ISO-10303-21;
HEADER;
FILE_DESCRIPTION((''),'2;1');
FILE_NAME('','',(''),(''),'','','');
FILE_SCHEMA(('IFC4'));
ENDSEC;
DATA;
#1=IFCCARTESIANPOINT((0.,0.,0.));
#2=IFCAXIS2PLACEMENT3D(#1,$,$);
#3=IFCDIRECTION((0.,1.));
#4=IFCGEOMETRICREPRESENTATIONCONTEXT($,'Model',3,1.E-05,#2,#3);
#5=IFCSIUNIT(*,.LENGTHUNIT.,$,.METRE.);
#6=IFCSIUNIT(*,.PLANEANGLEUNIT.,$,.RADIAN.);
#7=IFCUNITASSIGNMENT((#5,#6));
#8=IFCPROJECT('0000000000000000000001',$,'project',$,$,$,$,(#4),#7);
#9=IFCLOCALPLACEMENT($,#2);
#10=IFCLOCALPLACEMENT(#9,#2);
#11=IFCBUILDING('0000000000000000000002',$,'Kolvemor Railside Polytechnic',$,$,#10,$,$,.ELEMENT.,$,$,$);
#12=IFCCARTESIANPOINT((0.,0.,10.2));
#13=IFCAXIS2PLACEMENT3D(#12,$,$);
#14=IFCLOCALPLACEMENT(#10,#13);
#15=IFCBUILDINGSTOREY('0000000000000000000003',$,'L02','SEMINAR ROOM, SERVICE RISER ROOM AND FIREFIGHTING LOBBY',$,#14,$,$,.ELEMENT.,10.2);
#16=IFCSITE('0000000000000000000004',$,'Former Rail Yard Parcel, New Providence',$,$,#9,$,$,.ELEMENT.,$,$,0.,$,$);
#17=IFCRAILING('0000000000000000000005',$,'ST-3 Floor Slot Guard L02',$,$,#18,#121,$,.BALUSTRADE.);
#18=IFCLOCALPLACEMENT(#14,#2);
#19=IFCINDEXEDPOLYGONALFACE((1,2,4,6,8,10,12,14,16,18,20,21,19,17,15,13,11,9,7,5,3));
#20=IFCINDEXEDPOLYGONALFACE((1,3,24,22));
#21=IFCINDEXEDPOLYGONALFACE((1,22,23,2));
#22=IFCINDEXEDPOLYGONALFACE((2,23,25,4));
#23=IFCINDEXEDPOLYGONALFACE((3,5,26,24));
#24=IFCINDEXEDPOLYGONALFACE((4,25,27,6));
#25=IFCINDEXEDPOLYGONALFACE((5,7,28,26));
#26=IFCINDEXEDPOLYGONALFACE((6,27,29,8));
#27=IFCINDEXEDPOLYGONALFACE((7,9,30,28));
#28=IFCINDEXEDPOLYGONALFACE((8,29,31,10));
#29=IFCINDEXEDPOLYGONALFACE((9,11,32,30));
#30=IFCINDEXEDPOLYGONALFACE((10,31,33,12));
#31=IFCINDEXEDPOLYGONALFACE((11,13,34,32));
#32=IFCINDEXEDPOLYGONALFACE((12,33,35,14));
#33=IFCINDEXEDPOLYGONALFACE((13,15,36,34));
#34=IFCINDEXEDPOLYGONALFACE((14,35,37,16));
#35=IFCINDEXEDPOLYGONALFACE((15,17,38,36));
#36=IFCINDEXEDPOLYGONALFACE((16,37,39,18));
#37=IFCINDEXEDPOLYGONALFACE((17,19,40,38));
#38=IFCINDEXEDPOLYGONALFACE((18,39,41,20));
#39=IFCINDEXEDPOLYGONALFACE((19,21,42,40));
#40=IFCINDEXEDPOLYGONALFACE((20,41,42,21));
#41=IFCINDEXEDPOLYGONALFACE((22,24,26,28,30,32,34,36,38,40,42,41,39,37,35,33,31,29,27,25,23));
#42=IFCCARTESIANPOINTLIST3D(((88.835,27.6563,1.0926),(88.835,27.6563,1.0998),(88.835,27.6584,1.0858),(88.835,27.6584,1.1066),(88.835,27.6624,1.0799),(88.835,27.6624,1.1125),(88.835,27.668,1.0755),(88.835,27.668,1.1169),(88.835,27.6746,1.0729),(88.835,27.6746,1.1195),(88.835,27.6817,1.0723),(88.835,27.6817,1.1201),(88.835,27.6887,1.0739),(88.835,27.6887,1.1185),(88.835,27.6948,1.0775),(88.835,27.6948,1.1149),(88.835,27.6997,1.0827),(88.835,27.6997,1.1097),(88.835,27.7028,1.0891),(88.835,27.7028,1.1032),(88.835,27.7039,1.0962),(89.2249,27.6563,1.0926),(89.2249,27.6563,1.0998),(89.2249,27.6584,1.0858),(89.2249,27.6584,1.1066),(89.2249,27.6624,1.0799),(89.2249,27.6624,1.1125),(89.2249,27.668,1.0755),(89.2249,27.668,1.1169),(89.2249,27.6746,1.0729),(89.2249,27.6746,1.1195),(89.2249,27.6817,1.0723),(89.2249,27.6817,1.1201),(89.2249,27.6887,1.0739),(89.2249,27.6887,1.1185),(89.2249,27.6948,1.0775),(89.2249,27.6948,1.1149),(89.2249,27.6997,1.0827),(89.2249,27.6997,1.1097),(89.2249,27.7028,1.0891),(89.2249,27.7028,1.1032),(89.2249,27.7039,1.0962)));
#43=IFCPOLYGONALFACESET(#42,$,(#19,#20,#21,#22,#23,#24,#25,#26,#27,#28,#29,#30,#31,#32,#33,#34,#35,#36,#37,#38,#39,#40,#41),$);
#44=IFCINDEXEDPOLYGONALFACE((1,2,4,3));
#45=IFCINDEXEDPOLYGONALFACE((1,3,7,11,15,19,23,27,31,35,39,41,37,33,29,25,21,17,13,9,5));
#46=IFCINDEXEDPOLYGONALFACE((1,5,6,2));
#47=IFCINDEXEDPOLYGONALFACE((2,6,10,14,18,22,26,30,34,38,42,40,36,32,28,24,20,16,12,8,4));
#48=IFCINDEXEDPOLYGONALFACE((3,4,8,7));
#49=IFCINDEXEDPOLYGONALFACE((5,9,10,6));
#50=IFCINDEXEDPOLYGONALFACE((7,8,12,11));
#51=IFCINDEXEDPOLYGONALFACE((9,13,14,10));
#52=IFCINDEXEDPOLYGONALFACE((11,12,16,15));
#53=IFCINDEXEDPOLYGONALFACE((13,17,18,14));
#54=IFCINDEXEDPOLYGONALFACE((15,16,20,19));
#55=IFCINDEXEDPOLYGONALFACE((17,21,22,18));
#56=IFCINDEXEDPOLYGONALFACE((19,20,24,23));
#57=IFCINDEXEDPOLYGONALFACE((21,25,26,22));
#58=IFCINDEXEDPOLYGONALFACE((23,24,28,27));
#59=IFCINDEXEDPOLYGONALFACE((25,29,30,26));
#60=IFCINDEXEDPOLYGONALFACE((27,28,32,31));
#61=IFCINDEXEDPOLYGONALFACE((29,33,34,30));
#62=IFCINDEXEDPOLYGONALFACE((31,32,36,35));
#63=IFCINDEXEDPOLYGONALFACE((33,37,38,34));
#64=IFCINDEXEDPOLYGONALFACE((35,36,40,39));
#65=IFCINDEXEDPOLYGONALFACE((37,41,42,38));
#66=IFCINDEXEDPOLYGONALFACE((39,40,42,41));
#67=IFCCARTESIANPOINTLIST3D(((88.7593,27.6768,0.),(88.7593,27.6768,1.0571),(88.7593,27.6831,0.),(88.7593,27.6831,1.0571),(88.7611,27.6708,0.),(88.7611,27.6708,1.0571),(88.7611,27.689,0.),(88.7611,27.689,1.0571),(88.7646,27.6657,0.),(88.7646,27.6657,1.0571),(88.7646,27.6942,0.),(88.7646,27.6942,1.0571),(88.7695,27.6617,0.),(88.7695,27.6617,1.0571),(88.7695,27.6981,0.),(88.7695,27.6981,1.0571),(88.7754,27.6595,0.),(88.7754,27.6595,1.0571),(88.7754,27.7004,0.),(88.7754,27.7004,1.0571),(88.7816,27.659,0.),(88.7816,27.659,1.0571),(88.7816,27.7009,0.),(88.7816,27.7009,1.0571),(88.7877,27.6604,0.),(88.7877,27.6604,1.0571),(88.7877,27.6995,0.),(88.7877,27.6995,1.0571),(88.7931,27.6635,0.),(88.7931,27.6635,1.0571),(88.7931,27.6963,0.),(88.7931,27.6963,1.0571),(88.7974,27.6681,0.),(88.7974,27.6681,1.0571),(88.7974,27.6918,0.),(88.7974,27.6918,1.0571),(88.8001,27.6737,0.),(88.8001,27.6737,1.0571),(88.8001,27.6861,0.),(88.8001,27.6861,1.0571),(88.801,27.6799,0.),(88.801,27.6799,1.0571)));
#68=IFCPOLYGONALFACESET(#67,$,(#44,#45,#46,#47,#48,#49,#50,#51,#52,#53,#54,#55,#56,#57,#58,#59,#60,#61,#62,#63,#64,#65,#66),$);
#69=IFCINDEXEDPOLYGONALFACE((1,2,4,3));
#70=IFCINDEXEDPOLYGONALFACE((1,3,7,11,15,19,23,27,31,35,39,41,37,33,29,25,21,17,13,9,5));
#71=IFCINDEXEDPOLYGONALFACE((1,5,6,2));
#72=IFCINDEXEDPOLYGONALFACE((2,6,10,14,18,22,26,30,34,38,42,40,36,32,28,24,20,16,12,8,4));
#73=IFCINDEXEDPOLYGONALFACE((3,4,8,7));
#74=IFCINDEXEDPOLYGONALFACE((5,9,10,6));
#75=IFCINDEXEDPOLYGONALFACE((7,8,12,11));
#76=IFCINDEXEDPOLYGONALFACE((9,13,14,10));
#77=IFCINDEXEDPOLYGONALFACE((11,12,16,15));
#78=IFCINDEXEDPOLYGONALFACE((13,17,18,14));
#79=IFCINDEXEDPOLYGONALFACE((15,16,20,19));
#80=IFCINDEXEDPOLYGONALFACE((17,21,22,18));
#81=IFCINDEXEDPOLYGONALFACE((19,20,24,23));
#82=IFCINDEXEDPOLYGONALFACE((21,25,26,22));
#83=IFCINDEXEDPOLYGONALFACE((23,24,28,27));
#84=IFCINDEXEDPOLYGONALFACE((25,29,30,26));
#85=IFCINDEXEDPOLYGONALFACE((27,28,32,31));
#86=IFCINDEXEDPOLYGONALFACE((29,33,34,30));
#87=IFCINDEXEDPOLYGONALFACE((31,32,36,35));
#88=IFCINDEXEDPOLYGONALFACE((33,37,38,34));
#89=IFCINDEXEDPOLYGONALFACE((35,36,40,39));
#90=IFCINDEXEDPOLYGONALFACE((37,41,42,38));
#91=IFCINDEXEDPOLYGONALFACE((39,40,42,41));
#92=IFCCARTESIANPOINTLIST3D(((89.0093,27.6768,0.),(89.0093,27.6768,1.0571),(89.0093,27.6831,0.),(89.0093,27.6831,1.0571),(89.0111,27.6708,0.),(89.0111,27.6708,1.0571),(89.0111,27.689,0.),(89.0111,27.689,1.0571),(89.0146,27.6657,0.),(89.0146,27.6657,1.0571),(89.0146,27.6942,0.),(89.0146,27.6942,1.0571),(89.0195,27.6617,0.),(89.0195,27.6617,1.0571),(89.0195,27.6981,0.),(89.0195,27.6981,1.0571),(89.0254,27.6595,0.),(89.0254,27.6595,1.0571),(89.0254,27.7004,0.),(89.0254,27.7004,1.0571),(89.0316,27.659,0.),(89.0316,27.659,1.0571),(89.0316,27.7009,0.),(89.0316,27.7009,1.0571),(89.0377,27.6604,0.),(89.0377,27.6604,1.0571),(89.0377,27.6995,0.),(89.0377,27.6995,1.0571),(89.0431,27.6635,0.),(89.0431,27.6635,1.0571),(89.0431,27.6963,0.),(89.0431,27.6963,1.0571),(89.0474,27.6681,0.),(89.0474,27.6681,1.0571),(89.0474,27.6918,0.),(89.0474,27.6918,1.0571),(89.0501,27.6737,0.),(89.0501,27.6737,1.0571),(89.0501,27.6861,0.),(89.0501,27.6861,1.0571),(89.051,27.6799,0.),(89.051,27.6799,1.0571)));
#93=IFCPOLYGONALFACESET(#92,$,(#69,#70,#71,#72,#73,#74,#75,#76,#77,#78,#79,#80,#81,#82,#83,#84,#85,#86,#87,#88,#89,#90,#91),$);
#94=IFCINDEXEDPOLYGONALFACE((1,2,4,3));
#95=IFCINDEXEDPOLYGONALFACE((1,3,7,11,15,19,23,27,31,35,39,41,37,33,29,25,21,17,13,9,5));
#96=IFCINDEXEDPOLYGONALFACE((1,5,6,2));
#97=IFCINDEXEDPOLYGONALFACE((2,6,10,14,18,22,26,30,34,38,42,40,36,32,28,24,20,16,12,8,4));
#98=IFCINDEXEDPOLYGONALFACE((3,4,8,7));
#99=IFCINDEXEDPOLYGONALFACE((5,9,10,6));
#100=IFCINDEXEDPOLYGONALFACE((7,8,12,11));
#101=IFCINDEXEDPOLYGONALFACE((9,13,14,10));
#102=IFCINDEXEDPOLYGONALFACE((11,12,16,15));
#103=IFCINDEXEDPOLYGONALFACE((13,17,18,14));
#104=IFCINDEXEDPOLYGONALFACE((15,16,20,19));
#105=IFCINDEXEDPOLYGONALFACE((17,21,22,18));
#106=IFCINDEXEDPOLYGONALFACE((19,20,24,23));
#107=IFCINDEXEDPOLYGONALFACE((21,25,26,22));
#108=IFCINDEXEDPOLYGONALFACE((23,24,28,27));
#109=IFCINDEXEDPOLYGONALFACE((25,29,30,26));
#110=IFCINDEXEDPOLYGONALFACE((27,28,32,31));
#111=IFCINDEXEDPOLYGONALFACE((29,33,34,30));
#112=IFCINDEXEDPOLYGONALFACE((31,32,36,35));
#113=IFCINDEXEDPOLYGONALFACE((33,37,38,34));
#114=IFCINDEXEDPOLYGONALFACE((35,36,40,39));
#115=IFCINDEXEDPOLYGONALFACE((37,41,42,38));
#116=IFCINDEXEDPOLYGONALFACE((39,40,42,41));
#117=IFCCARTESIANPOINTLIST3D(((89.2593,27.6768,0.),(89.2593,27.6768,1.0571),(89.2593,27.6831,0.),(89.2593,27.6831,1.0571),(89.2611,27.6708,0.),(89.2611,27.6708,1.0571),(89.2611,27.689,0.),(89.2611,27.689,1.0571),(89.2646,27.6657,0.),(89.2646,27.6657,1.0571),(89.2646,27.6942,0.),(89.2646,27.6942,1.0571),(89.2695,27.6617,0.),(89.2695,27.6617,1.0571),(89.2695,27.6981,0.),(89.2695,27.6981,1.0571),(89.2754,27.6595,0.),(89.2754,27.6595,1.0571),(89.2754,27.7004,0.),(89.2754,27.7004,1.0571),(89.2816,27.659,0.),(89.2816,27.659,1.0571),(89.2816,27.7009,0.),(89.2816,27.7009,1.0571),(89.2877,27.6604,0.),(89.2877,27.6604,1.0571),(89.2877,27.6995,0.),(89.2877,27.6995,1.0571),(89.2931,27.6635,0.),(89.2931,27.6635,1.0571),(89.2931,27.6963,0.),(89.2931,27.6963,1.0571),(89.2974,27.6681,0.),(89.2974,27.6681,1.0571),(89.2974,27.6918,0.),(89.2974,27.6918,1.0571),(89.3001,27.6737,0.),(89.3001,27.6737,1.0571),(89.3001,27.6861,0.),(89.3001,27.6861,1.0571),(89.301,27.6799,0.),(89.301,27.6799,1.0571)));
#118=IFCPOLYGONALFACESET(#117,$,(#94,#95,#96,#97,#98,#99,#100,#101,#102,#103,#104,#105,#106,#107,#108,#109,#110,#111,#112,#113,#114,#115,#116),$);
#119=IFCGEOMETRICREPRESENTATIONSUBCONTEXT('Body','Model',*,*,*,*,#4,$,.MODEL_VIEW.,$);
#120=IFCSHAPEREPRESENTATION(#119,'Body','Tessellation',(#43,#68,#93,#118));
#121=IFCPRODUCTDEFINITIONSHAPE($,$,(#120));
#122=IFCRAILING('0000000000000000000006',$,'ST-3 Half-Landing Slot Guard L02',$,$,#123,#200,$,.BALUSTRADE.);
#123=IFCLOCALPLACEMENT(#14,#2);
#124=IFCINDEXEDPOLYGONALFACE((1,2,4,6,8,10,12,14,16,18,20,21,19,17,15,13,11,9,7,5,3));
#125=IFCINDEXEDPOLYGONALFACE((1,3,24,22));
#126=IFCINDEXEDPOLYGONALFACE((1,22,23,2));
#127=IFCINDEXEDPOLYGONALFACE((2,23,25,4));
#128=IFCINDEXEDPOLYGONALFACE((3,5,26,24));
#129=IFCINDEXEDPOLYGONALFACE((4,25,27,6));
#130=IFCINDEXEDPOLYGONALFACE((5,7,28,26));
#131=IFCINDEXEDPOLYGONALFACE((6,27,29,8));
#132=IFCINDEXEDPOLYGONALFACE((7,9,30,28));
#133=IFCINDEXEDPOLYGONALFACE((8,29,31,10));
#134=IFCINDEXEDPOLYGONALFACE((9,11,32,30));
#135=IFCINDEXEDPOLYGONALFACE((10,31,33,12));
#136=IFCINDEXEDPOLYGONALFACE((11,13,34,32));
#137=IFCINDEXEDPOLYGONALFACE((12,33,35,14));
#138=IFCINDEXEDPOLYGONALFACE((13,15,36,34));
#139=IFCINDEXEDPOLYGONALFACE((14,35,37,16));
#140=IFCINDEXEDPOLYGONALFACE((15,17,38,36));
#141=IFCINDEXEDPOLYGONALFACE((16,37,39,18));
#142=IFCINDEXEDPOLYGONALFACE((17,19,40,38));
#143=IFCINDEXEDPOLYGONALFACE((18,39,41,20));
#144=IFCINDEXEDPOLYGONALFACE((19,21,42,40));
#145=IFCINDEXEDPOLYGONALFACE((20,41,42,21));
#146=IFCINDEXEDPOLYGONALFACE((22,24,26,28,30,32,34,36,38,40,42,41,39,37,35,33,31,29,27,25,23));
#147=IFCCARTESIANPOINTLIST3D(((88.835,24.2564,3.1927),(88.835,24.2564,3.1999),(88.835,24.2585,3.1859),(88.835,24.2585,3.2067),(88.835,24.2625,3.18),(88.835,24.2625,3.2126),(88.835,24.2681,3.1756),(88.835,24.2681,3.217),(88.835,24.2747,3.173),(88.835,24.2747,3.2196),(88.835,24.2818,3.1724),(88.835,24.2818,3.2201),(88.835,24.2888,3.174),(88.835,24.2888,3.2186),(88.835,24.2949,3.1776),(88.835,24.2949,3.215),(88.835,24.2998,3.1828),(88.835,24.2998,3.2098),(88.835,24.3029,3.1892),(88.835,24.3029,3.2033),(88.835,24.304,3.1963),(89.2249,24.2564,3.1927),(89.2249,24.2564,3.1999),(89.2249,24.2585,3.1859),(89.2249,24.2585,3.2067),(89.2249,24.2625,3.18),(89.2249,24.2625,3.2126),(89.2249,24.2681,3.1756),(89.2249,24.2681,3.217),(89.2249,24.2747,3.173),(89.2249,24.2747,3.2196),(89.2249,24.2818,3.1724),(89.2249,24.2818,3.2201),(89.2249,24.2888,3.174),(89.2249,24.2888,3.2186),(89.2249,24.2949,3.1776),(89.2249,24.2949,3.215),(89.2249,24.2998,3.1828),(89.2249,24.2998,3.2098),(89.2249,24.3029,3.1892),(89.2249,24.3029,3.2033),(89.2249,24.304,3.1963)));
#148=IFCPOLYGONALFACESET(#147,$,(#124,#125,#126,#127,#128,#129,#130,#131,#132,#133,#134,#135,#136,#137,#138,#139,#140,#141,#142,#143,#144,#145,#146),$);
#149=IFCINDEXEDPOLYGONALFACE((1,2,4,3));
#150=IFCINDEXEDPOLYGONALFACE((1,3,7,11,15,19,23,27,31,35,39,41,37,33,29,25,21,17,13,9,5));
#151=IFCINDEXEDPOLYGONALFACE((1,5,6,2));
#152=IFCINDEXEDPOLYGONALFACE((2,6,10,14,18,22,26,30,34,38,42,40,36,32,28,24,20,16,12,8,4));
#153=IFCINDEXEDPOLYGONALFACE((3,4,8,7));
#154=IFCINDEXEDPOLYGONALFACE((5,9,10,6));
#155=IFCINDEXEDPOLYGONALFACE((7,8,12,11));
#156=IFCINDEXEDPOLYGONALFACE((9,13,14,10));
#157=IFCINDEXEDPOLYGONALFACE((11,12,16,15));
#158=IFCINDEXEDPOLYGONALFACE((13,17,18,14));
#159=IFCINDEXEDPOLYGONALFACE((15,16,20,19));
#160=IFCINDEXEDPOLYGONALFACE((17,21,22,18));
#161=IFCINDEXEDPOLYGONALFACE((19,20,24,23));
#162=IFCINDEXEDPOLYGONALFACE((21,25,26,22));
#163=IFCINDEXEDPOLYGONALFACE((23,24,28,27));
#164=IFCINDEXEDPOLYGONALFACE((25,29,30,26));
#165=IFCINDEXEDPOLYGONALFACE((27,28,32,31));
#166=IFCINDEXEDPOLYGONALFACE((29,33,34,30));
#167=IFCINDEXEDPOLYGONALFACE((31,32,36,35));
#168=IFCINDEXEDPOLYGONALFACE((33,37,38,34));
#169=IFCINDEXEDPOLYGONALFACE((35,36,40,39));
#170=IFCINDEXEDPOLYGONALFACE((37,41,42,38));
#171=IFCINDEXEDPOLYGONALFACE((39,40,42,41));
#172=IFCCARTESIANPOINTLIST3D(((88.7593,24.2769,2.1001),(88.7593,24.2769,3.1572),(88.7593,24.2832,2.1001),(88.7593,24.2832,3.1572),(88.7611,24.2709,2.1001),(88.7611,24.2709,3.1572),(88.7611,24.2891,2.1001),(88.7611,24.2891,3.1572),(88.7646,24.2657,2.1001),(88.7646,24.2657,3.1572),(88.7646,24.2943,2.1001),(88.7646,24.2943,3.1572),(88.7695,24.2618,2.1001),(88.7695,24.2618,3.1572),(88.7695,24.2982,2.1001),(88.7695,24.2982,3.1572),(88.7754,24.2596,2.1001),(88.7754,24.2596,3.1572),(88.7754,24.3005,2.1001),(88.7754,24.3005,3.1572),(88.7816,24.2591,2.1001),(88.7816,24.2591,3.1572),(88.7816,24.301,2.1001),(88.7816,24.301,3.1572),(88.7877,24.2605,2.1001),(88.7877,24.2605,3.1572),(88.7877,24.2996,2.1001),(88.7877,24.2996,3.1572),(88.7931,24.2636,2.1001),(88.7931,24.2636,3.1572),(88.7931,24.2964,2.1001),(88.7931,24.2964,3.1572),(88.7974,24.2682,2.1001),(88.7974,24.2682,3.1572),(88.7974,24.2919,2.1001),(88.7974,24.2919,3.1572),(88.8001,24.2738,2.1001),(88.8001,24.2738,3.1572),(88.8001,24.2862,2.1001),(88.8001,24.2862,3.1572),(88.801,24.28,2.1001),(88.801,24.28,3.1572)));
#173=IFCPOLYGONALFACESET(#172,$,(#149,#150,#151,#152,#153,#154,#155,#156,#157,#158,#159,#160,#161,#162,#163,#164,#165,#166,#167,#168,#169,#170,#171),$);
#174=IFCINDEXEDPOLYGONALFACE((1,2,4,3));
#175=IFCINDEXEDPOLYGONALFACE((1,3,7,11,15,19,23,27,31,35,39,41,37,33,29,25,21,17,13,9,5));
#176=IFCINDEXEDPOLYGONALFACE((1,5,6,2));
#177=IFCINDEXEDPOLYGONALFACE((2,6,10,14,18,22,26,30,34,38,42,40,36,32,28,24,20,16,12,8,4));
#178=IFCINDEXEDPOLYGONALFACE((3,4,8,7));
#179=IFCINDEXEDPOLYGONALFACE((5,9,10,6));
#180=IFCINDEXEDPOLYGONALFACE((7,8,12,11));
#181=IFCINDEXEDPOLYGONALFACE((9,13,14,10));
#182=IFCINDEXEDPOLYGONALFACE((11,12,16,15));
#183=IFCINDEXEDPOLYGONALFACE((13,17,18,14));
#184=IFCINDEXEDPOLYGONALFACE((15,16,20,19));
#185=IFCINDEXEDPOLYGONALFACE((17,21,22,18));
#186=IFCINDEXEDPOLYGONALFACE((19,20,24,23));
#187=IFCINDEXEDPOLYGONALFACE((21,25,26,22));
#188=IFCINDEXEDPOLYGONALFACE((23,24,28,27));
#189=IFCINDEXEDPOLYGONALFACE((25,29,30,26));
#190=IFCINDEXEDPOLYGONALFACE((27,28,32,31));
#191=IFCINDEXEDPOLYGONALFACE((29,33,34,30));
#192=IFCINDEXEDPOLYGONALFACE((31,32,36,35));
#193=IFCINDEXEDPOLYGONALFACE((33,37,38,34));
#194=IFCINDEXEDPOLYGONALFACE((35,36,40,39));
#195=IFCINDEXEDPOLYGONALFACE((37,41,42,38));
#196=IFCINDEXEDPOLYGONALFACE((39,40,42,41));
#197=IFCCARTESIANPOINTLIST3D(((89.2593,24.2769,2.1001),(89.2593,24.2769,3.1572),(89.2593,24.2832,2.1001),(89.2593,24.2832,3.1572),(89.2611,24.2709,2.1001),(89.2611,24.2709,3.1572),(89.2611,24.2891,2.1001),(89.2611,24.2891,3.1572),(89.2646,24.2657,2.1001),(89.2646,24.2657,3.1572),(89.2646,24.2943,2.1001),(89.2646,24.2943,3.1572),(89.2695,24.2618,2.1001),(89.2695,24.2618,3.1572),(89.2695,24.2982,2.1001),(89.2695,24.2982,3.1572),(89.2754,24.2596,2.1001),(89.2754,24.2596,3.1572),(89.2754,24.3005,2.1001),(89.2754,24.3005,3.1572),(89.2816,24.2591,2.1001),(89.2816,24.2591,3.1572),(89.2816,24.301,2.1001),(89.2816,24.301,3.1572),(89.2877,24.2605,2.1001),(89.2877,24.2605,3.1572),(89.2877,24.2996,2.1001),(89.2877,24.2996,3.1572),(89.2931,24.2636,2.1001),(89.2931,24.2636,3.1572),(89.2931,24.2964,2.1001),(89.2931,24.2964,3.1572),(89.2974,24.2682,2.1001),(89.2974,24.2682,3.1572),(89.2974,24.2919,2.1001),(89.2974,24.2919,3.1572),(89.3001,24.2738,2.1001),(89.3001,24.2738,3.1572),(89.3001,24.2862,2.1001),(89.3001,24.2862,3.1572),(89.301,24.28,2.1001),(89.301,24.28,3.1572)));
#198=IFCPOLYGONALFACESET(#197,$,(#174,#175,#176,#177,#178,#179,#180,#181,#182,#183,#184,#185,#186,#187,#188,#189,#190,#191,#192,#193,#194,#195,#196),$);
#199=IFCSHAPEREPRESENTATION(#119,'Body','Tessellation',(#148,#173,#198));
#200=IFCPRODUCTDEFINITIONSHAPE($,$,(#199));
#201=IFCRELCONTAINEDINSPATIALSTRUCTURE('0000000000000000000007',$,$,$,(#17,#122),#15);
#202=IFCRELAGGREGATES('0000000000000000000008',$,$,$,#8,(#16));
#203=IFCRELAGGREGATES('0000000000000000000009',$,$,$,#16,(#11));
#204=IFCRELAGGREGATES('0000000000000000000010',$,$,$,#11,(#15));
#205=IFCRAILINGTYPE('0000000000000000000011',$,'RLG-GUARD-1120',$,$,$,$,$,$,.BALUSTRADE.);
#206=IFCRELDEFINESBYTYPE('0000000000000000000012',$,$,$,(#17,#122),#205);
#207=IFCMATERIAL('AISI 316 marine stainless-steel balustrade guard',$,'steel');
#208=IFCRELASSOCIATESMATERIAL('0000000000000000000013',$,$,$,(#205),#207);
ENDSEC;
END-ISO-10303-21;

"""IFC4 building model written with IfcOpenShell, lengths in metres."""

from ifc_helpers import new_model, si_unit, direction, frame, origin, origin_2d, place, context, subcontext, project, spatial, circle, extrude, material, type_object, element, save


model = new_model("IFC4")

# Units and contexts
model_context = context("Model", 3, precision=1e-05, world=origin(), true_north=direction((0.0, 1.0)))
body_context = subcontext(model_context, "Body", "Model", "MODEL_VIEW")
ifc_project = project(units=[si_unit("LENGTHUNIT", "METRE"), si_unit("PLANEANGLEUNIT", "RADIAN")], contexts=[model_context])

# Site, building, storey
site_placement = place(None, origin())
site = spatial("IfcSite", under=ifc_project, at=site_placement, Name="Former Rail Yard Parcel, New Providence", CompositionType="ELEMENT", RefElevation=0.0)
building_placement = place(site_placement, origin())
building = spatial("IfcBuilding", under=site, at=building_placement, Name="Kolvemor Railside Polytechnic", CompositionType="ELEMENT")
storey_placement = place(building_placement, frame((0.0, 0.0, 10.2)))
storey = spatial("IfcBuildingStorey", under=building, at=storey_placement, Name="L02", Description="SEMINAR ROOM, SERVICE RISER ROOM AND FIREFIGHTING LOBBY", CompositionType="ELEMENT", Elevation=10.2)

# Railings
ifc_material_1 = material(Name="AISI 316 marine stainless-steel balustrade guard", Category="steel")
railing_type_1 = type_object("IfcRailingType", Name="RLG-GUARD-1120", PredefinedType="BALUSTRADE", material=ifc_material_1)
railing_1_placement = place(storey_placement, frame((88.78, 27.6799, 0.0)))
element("IfcRailing", 1, at=railing_1_placement, inside=storey, type_object=railing_type_1, Name="ST-3 Floor Slot Guard L02", PredefinedType="BALUSTRADE", context=body_context, shape_type="SweptSolid", body=[
    extrude(circle(Radius=0.0239, at=origin_2d()), frame((0.0549, 0.0, 1.0962), z_axis=(1.0, 0.0, 0.0), x_axis=(0.0, 1.0, 0.0)), (0.0, 0.0, 1.0), 0.3899),
    extrude(circle(Radius=0.021, at=origin_2d()), origin(), (0.0, 0.0, 1.0), 1.0571),
    extrude(circle(Radius=0.021, at=origin_2d()), frame((0.25, 0.0, 0.0)), (0.0, 0.0, 1.0), 1.0571),
    extrude(circle(Radius=0.021, at=origin_2d()), frame((0.5, 0.0, 0.0)), (0.0, 0.0, 1.0), 1.0571),
])
railing_2_placement = place(storey_placement, frame((88.78, 24.28, 2.1001)))
element("IfcRailing", 2, at=railing_2_placement, inside=storey, type_object=railing_type_1, Name="ST-3 Half-Landing Slot Guard L02", PredefinedType="BALUSTRADE", context=body_context, shape_type="SweptSolid", body=[
    extrude(circle(Radius=0.0239, at=origin_2d()), frame((0.0549, 0.0, 1.0962), z_axis=(1.0, 0.0, 0.0), x_axis=(0.0, 1.0, 0.0)), (0.0, 0.0, 1.0), 0.3899),
    extrude(circle(Radius=0.021, at=origin_2d()), origin(), (0.0, 0.0, 1.0), 1.0571),
    extrude(circle(Radius=0.021, at=origin_2d()), frame((0.5, 0.0, 0.0)), (0.0, 0.0, 1.0), 1.0571),
])

save(model, "model.ifc")
